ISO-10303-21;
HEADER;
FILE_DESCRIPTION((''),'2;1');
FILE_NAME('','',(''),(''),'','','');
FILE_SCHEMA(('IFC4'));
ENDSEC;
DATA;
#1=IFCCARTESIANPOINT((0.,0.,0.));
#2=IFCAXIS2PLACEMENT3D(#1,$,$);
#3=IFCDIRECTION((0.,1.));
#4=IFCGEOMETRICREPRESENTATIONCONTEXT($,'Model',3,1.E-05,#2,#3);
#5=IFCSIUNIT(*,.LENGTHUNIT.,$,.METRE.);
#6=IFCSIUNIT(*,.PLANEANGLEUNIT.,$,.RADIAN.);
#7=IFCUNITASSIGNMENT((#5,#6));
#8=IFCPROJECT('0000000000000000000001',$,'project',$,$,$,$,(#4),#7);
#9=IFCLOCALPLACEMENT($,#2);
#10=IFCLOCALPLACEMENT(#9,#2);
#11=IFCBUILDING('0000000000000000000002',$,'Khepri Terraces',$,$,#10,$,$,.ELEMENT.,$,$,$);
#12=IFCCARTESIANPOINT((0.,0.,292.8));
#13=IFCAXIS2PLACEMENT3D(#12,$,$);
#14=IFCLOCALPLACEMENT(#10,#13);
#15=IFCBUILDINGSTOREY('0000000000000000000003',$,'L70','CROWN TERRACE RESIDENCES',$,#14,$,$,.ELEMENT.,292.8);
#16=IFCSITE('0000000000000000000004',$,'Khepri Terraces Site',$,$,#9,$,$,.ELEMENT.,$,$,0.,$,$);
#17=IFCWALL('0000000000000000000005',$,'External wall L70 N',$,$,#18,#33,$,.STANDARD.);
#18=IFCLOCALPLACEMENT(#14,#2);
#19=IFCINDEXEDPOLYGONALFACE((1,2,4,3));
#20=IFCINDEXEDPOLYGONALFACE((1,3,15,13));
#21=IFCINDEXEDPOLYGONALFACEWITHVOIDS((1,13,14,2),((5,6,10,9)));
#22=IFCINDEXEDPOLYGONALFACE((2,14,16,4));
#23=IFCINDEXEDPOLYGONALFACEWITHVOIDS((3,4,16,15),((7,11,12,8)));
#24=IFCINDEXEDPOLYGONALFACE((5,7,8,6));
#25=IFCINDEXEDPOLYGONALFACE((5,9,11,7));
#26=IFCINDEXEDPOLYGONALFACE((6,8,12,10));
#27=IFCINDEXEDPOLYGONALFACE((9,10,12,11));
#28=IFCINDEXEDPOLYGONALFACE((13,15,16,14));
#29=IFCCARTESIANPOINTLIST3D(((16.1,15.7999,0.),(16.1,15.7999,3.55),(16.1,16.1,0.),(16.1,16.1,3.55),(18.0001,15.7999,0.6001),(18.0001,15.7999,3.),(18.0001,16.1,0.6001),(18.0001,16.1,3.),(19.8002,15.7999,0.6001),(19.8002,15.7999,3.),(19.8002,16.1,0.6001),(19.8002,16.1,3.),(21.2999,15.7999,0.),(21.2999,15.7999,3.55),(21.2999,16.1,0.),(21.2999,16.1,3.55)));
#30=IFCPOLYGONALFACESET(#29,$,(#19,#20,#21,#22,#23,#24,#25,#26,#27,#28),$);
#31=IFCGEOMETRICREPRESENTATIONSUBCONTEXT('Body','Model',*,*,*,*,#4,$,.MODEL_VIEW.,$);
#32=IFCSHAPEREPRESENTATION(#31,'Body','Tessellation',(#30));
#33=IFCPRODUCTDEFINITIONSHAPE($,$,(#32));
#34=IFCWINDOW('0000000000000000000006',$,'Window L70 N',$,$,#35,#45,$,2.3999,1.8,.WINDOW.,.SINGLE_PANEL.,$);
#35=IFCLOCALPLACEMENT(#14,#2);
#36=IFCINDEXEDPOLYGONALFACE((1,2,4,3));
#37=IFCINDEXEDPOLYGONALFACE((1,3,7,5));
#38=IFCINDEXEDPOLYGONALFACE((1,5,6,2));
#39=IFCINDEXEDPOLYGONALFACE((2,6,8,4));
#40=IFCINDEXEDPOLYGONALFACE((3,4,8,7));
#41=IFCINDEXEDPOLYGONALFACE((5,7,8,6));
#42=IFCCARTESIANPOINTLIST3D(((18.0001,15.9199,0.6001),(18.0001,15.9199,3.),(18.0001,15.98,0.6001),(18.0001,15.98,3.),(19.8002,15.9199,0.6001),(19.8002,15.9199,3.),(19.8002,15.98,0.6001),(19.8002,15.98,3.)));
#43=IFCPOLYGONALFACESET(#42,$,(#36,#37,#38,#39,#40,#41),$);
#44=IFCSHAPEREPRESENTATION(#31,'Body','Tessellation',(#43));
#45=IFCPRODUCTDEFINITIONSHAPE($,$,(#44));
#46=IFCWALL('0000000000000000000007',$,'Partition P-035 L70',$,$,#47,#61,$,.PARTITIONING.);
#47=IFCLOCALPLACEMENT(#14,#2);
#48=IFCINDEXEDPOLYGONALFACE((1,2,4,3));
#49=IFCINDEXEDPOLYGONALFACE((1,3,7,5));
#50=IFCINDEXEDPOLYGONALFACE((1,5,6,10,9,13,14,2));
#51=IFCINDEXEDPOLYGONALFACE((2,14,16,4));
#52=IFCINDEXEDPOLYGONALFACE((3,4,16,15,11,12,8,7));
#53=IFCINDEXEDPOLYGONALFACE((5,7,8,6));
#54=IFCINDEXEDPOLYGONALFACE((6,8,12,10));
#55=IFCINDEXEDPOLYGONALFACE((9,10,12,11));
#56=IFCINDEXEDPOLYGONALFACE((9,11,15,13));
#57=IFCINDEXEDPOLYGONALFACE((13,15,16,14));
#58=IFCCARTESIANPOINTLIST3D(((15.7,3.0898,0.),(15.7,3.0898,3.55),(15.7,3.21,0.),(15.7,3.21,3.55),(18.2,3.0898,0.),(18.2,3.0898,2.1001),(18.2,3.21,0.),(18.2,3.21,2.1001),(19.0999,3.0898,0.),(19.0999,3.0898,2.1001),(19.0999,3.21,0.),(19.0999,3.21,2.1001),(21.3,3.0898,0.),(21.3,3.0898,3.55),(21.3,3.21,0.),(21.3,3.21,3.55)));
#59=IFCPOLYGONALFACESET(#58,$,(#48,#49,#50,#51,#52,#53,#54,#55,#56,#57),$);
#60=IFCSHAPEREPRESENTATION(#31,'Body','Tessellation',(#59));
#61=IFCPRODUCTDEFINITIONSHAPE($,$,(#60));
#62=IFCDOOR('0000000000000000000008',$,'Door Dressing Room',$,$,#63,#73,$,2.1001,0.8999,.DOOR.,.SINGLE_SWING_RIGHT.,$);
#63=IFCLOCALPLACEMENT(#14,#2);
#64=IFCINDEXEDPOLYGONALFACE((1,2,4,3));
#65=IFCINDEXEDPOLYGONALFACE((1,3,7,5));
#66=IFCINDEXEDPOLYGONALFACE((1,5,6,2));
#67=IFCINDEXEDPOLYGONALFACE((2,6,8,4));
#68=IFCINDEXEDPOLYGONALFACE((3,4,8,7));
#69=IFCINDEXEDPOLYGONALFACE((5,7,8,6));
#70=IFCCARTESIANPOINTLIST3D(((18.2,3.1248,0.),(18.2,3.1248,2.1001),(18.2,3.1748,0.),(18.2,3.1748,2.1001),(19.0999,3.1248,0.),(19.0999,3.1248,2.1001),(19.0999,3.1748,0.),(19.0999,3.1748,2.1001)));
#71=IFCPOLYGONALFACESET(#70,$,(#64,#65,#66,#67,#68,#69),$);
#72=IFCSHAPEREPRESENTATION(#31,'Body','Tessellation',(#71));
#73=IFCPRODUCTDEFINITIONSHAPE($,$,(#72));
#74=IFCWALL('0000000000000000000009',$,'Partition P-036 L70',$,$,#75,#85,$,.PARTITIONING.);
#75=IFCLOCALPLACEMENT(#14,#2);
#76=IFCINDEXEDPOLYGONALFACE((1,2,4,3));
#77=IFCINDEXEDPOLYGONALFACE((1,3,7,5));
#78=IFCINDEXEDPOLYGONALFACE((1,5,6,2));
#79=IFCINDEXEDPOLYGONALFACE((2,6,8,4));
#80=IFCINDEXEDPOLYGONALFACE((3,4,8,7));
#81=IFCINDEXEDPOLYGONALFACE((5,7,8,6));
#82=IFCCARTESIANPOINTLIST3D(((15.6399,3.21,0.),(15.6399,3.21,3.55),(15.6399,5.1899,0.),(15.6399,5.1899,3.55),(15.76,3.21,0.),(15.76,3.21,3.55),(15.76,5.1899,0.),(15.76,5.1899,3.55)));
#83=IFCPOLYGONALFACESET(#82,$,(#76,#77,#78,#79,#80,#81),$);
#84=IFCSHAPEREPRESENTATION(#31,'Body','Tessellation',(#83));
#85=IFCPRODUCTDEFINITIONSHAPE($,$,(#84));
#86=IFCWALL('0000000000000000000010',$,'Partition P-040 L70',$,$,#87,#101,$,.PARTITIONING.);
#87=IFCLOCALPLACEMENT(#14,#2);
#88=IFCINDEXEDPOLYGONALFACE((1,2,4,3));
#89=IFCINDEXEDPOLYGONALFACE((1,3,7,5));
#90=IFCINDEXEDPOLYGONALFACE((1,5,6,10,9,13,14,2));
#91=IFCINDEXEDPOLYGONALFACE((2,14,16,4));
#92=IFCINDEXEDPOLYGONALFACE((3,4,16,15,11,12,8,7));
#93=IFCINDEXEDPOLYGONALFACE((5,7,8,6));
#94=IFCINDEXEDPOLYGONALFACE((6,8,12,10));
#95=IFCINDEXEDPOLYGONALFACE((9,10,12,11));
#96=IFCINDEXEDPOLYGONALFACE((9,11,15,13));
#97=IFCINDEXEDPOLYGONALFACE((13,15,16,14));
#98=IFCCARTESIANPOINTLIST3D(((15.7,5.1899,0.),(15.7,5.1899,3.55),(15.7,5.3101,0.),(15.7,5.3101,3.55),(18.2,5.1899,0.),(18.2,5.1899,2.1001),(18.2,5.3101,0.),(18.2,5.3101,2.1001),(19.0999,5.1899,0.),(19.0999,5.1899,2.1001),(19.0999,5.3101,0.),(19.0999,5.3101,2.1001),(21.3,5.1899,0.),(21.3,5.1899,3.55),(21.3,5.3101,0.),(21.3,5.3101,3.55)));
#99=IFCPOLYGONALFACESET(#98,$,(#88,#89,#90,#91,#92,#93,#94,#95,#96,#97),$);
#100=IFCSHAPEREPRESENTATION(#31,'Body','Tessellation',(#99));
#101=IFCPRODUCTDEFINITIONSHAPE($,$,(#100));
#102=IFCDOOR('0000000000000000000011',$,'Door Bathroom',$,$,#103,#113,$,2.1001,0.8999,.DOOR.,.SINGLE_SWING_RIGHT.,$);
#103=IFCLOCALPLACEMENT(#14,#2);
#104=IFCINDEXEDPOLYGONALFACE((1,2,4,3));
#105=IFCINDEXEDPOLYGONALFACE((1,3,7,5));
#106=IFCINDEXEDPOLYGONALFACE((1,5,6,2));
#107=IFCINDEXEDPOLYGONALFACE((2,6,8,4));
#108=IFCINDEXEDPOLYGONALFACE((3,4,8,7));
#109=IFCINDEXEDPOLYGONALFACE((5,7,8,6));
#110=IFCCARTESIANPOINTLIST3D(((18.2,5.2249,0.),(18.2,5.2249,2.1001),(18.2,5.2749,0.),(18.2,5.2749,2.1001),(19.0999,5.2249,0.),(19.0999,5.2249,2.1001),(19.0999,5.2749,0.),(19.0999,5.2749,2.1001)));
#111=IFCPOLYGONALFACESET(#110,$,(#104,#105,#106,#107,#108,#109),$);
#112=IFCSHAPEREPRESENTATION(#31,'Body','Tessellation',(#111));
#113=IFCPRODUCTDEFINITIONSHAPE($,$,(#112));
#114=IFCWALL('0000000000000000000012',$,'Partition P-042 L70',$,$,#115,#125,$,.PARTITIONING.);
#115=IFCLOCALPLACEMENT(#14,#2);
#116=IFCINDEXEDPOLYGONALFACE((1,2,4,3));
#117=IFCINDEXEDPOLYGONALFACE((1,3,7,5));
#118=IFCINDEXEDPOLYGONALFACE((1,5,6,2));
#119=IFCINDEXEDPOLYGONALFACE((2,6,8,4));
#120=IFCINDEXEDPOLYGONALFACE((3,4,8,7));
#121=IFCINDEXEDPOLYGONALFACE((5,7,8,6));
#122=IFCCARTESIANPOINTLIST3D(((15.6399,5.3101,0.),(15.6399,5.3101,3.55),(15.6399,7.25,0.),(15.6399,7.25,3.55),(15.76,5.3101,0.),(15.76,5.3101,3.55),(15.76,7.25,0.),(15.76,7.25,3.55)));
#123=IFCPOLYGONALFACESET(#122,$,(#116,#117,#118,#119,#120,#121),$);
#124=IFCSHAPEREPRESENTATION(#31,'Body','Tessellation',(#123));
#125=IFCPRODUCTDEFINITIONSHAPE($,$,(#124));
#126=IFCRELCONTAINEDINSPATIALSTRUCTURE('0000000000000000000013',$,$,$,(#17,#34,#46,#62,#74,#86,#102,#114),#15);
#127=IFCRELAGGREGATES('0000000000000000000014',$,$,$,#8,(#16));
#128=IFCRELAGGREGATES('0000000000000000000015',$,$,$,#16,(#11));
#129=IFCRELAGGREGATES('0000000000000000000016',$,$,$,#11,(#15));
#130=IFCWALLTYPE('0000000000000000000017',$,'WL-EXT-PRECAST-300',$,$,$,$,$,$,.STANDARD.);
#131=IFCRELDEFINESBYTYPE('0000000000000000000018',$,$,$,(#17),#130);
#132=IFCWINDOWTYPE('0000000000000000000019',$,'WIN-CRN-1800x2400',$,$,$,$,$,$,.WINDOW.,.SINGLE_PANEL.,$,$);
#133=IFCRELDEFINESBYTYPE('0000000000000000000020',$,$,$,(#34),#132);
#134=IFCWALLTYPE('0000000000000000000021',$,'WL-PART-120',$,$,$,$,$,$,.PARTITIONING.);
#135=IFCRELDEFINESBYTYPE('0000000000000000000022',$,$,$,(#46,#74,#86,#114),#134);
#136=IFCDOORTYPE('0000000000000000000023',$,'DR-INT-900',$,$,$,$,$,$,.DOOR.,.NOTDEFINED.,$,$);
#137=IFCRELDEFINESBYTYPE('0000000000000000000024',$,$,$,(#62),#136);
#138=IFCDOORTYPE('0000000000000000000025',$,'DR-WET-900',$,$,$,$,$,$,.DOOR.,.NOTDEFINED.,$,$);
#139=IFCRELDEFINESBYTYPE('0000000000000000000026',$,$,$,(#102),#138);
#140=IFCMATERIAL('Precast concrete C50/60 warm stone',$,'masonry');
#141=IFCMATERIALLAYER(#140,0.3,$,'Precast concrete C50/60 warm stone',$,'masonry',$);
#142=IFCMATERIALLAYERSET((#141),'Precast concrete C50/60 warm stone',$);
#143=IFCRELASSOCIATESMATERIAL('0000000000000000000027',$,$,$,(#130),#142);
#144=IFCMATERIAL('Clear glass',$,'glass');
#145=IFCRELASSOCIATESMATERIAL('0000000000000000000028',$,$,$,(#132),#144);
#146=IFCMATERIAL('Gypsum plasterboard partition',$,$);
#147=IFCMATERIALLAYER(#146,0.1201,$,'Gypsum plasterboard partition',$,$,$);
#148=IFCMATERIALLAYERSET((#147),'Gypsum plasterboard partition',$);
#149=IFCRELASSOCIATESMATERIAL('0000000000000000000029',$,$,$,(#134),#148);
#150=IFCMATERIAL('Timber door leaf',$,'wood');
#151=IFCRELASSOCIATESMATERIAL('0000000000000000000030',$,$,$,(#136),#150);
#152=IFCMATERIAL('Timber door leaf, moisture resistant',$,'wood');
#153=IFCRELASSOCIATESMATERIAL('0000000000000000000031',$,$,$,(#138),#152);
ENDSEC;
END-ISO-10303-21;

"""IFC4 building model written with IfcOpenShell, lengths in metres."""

from ifc_helpers import new_model, si_unit, direction, frame, frame_2d, origin, place, context, subcontext, project, spatial, rectangle, extrude, material, layer, layer_set, type_object, element, fill, save


model = new_model("IFC4")

# Units and contexts
model_context = context("Model", 3, precision=1e-05, world=origin(), true_north=direction((0.0, 1.0)))
body_context = subcontext(model_context, "Body", "Model", "MODEL_VIEW")
ifc_project = project(units=[si_unit("LENGTHUNIT", "METRE"), si_unit("PLANEANGLEUNIT", "RADIAN")], contexts=[model_context])

# Site, building, storey
site_placement = place(None, origin())
site = spatial("IfcSite", under=ifc_project, at=site_placement, Name="Khepri Terraces Site", CompositionType="ELEMENT", RefElevation=0.0)
building_placement = place(site_placement, origin())
building = spatial("IfcBuilding", under=site, at=building_placement, Name="Khepri Terraces", CompositionType="ELEMENT")
storey_placement = place(building_placement, frame((0.0, 0.0, 292.8)))
storey = spatial("IfcBuildingStorey", under=building, at=storey_placement, Name="L70", Description="CROWN TERRACE RESIDENCES", CompositionType="ELEMENT", Elevation=292.8)

# Wall, opening, window
ifc_material_1 = material(Name="Precast concrete C50/60 warm stone", Category="masonry")
ifc_layer_1 = layer(ifc_material_1, 0.3, Name="Precast concrete C50/60 warm stone", Category="masonry")
ifc_layer_set_1 = layer_set([ifc_layer_1], Name="Precast concrete C50/60 warm stone")
wall_type_1 = type_object("IfcWallType", Name="WL-EXT-PRECAST-300", PredefinedType="STANDARD", material=ifc_layer_set_1)
wall_1_placement = place(storey_placement, frame((21.3, 15.95, 0.0), z_axis=(0.0, 0.0, 1.0), x_axis=(-1.0, 0.0, 0.0)))
wall_1 = element("IfcWall", 1, at=wall_1_placement, inside=storey, type_object=wall_type_1, Name="External wall L70 N", PredefinedType="STANDARD", context=body_context, shape_type="SweptSolid", body=[
    extrude(rectangle(XDim=5.2, YDim=0.3, at=frame_2d((2.6001, 0.0))), origin(), (0.0, 0.0, 1.0), 3.55),
])
opening_1_placement = place(wall_1_placement, frame((1.5, 0.0, 0.6001)))
opening_1 = element("IfcOpeningElement", 2, at=opening_1_placement, cuts=wall_1, PredefinedType="OPENING", context=body_context, shape_type="SweptSolid", body=[
    extrude(rectangle(XDim=1.8, YDim=2.3999, at=frame_2d((0.8999, 1.2))), frame((0.0, 0.1602, 0.0), z_axis=(0.0, -1.0, 0.0), x_axis=(1.0, 0.0, 0.0)), (0.0, 0.0, 1.0), 0.3201),
])
ifc_material_2 = material(Name="Clear glass", Category="glass")
window_type = type_object("IfcWindowType", Name="WIN-CRN-1800x2400", PartitioningType="SINGLE_PANEL", PredefinedType="WINDOW", material=ifc_material_2)
window_placement = place(opening_1_placement, origin())
window = element("IfcWindow", 3, at=window_placement, inside=storey, type_object=window_type, Name="Window L70 N", OverallHeight=2.3999, OverallWidth=1.8, PartitioningType="SINGLE_PANEL", PredefinedType="WINDOW", context=body_context, shape_type="SweptSolid", body=[
    extrude(rectangle(XDim=1.8, YDim=2.3999, at=frame_2d((0.8999, 1.2))), frame((0.0, 0.03, 0.0), z_axis=(0.0, -1.0, 0.0), x_axis=(1.0, 0.0, 0.0)), (0.0, 0.0, 1.0), 0.0601),
])
fill(opening_1, window)

# Wall, opening, door
ifc_material_3 = material(Name="Gypsum plasterboard partition")
ifc_layer_2 = layer(ifc_material_3, 0.1201, Name="Gypsum plasterboard partition")
ifc_layer_set_2 = layer_set([ifc_layer_2], Name="Gypsum plasterboard partition")
wall_type_2 = type_object("IfcWallType", Name="WL-PART-120", PredefinedType="PARTITIONING", material=ifc_layer_set_2)
wall_2_placement = place(storey_placement, frame((15.7, 3.1499, 0.0), z_axis=(0.0, 0.0, 1.0), x_axis=(1.0, 0.0, 0.0)))
wall_2 = element("IfcWall", 4, at=wall_2_placement, inside=storey, type_object=wall_type_2, Name="Partition P-035 L70", PredefinedType="PARTITIONING", context=body_context, shape_type="SweptSolid", body=[
    extrude(rectangle(XDim=5.6001, YDim=0.1201, at=frame_2d((2.8, 0.0))), origin(), (0.0, 0.0, 1.0), 3.55),
])
opening_2_placement = place(wall_2_placement, frame((2.5, 0.0, 0.0)))
opening_2 = element("IfcOpeningElement", 5, at=opening_2_placement, cuts=wall_2, PredefinedType="OPENING", context=body_context, shape_type="SweptSolid", body=[
    extrude(rectangle(XDim=0.8999, YDim=2.1001, at=frame_2d((0.45, 1.05))), frame((0.0, 0.0701, 0.0), z_axis=(0.0, -1.0, 0.0), x_axis=(1.0, 0.0, 0.0)), (0.0, 0.0, 1.0), 0.1401),
])
ifc_material_4 = material(Name="Timber door leaf", Category="wood")
door_type_1 = type_object("IfcDoorType", Name="DR-INT-900", OperationType="NOTDEFINED", PredefinedType="DOOR", material=ifc_material_4)
door_1_placement = place(opening_2_placement, origin())
door_1 = element("IfcDoor", 6, at=door_1_placement, inside=storey, type_object=door_type_1, Name="Door Dressing Room", OperationType="SINGLE_SWING_RIGHT", OverallHeight=2.1001, OverallWidth=0.8999, PredefinedType="DOOR", context=body_context, shape_type="SweptSolid", body=[
    extrude(rectangle(XDim=0.8999, YDim=2.1001, at=frame_2d((0.45, 1.05))), frame((0.0, 0.0249, 0.0), z_axis=(0.0, -1.0, 0.0), x_axis=(1.0, 0.0, 0.0)), (0.0, 0.0, 1.0), 0.05),
])
fill(opening_2, door_1)

# Wall
wall_3_placement = place(storey_placement, frame((15.7, 3.21, 0.0), z_axis=(0.0, 0.0, 1.0), x_axis=(0.0, 1.0, 0.0)))
element("IfcWall", 7, at=wall_3_placement, inside=storey, type_object=wall_type_2, Name="Partition P-036 L70", PredefinedType="PARTITIONING", context=body_context, shape_type="SweptSolid", body=[
    extrude(rectangle(XDim=1.98, YDim=0.1201, at=frame_2d((0.99, 0.0))), origin(), (0.0, 0.0, 1.0), 3.55),
])

# Wall, opening, door
wall_4_placement = place(storey_placement, frame((15.7, 5.25, 0.0), z_axis=(0.0, 0.0, 1.0), x_axis=(1.0, 0.0, 0.0)))
wall_4 = element("IfcWall", 8, at=wall_4_placement, inside=storey, type_object=wall_type_2, Name="Partition P-040 L70", PredefinedType="PARTITIONING", context=body_context, shape_type="SweptSolid", body=[
    extrude(rectangle(XDim=5.6001, YDim=0.1201, at=frame_2d((2.8, 0.0))), origin(), (0.0, 0.0, 1.0), 3.55),
])
opening_3_placement = place(wall_4_placement, frame((2.5, 0.0, 0.0)))
opening_3 = element("IfcOpeningElement", 9, at=opening_3_placement, cuts=wall_4, PredefinedType="OPENING", context=body_context, shape_type="SweptSolid", body=[
    extrude(rectangle(XDim=0.8999, YDim=2.1001, at=frame_2d((0.45, 1.05))), frame((0.0, 0.0701, 0.0), z_axis=(0.0, -1.0, 0.0), x_axis=(1.0, 0.0, 0.0)), (0.0, 0.0, 1.0), 0.1401),
])
ifc_material_5 = material(Name="Timber door leaf, moisture resistant", Category="wood")
door_type_2 = type_object("IfcDoorType", Name="DR-WET-900", OperationType="NOTDEFINED", PredefinedType="DOOR", material=ifc_material_5)
door_2_placement = place(opening_3_placement, origin())
door_2 = element("IfcDoor", 10, at=door_2_placement, inside=storey, type_object=door_type_2, Name="Door Bathroom", OperationType="SINGLE_SWING_RIGHT", OverallHeight=2.1001, OverallWidth=0.8999, PredefinedType="DOOR", context=body_context, shape_type="SweptSolid", body=[
    extrude(rectangle(XDim=0.8999, YDim=2.1001, at=frame_2d((0.45, 1.05))), frame((0.0, 0.0249, 0.0), z_axis=(0.0, -1.0, 0.0), x_axis=(1.0, 0.0, 0.0)), (0.0, 0.0, 1.0), 0.05),
])
fill(opening_3, door_2)

# Wall
wall_5_placement = place(storey_placement, frame((15.7, 5.3101, 0.0), z_axis=(0.0, 0.0, 1.0), x_axis=(0.0, 1.0, 0.0)))
element("IfcWall", 11, at=wall_5_placement, inside=storey, type_object=wall_type_2, Name="Partition P-042 L70", PredefinedType="PARTITIONING", context=body_context, shape_type="SweptSolid", body=[
    extrude(rectangle(XDim=1.9399, YDim=0.1201, at=frame_2d((0.97, 0.0))), origin(), (0.0, 0.0, 1.0), 3.55),
])

save(model, "model.ifc")
